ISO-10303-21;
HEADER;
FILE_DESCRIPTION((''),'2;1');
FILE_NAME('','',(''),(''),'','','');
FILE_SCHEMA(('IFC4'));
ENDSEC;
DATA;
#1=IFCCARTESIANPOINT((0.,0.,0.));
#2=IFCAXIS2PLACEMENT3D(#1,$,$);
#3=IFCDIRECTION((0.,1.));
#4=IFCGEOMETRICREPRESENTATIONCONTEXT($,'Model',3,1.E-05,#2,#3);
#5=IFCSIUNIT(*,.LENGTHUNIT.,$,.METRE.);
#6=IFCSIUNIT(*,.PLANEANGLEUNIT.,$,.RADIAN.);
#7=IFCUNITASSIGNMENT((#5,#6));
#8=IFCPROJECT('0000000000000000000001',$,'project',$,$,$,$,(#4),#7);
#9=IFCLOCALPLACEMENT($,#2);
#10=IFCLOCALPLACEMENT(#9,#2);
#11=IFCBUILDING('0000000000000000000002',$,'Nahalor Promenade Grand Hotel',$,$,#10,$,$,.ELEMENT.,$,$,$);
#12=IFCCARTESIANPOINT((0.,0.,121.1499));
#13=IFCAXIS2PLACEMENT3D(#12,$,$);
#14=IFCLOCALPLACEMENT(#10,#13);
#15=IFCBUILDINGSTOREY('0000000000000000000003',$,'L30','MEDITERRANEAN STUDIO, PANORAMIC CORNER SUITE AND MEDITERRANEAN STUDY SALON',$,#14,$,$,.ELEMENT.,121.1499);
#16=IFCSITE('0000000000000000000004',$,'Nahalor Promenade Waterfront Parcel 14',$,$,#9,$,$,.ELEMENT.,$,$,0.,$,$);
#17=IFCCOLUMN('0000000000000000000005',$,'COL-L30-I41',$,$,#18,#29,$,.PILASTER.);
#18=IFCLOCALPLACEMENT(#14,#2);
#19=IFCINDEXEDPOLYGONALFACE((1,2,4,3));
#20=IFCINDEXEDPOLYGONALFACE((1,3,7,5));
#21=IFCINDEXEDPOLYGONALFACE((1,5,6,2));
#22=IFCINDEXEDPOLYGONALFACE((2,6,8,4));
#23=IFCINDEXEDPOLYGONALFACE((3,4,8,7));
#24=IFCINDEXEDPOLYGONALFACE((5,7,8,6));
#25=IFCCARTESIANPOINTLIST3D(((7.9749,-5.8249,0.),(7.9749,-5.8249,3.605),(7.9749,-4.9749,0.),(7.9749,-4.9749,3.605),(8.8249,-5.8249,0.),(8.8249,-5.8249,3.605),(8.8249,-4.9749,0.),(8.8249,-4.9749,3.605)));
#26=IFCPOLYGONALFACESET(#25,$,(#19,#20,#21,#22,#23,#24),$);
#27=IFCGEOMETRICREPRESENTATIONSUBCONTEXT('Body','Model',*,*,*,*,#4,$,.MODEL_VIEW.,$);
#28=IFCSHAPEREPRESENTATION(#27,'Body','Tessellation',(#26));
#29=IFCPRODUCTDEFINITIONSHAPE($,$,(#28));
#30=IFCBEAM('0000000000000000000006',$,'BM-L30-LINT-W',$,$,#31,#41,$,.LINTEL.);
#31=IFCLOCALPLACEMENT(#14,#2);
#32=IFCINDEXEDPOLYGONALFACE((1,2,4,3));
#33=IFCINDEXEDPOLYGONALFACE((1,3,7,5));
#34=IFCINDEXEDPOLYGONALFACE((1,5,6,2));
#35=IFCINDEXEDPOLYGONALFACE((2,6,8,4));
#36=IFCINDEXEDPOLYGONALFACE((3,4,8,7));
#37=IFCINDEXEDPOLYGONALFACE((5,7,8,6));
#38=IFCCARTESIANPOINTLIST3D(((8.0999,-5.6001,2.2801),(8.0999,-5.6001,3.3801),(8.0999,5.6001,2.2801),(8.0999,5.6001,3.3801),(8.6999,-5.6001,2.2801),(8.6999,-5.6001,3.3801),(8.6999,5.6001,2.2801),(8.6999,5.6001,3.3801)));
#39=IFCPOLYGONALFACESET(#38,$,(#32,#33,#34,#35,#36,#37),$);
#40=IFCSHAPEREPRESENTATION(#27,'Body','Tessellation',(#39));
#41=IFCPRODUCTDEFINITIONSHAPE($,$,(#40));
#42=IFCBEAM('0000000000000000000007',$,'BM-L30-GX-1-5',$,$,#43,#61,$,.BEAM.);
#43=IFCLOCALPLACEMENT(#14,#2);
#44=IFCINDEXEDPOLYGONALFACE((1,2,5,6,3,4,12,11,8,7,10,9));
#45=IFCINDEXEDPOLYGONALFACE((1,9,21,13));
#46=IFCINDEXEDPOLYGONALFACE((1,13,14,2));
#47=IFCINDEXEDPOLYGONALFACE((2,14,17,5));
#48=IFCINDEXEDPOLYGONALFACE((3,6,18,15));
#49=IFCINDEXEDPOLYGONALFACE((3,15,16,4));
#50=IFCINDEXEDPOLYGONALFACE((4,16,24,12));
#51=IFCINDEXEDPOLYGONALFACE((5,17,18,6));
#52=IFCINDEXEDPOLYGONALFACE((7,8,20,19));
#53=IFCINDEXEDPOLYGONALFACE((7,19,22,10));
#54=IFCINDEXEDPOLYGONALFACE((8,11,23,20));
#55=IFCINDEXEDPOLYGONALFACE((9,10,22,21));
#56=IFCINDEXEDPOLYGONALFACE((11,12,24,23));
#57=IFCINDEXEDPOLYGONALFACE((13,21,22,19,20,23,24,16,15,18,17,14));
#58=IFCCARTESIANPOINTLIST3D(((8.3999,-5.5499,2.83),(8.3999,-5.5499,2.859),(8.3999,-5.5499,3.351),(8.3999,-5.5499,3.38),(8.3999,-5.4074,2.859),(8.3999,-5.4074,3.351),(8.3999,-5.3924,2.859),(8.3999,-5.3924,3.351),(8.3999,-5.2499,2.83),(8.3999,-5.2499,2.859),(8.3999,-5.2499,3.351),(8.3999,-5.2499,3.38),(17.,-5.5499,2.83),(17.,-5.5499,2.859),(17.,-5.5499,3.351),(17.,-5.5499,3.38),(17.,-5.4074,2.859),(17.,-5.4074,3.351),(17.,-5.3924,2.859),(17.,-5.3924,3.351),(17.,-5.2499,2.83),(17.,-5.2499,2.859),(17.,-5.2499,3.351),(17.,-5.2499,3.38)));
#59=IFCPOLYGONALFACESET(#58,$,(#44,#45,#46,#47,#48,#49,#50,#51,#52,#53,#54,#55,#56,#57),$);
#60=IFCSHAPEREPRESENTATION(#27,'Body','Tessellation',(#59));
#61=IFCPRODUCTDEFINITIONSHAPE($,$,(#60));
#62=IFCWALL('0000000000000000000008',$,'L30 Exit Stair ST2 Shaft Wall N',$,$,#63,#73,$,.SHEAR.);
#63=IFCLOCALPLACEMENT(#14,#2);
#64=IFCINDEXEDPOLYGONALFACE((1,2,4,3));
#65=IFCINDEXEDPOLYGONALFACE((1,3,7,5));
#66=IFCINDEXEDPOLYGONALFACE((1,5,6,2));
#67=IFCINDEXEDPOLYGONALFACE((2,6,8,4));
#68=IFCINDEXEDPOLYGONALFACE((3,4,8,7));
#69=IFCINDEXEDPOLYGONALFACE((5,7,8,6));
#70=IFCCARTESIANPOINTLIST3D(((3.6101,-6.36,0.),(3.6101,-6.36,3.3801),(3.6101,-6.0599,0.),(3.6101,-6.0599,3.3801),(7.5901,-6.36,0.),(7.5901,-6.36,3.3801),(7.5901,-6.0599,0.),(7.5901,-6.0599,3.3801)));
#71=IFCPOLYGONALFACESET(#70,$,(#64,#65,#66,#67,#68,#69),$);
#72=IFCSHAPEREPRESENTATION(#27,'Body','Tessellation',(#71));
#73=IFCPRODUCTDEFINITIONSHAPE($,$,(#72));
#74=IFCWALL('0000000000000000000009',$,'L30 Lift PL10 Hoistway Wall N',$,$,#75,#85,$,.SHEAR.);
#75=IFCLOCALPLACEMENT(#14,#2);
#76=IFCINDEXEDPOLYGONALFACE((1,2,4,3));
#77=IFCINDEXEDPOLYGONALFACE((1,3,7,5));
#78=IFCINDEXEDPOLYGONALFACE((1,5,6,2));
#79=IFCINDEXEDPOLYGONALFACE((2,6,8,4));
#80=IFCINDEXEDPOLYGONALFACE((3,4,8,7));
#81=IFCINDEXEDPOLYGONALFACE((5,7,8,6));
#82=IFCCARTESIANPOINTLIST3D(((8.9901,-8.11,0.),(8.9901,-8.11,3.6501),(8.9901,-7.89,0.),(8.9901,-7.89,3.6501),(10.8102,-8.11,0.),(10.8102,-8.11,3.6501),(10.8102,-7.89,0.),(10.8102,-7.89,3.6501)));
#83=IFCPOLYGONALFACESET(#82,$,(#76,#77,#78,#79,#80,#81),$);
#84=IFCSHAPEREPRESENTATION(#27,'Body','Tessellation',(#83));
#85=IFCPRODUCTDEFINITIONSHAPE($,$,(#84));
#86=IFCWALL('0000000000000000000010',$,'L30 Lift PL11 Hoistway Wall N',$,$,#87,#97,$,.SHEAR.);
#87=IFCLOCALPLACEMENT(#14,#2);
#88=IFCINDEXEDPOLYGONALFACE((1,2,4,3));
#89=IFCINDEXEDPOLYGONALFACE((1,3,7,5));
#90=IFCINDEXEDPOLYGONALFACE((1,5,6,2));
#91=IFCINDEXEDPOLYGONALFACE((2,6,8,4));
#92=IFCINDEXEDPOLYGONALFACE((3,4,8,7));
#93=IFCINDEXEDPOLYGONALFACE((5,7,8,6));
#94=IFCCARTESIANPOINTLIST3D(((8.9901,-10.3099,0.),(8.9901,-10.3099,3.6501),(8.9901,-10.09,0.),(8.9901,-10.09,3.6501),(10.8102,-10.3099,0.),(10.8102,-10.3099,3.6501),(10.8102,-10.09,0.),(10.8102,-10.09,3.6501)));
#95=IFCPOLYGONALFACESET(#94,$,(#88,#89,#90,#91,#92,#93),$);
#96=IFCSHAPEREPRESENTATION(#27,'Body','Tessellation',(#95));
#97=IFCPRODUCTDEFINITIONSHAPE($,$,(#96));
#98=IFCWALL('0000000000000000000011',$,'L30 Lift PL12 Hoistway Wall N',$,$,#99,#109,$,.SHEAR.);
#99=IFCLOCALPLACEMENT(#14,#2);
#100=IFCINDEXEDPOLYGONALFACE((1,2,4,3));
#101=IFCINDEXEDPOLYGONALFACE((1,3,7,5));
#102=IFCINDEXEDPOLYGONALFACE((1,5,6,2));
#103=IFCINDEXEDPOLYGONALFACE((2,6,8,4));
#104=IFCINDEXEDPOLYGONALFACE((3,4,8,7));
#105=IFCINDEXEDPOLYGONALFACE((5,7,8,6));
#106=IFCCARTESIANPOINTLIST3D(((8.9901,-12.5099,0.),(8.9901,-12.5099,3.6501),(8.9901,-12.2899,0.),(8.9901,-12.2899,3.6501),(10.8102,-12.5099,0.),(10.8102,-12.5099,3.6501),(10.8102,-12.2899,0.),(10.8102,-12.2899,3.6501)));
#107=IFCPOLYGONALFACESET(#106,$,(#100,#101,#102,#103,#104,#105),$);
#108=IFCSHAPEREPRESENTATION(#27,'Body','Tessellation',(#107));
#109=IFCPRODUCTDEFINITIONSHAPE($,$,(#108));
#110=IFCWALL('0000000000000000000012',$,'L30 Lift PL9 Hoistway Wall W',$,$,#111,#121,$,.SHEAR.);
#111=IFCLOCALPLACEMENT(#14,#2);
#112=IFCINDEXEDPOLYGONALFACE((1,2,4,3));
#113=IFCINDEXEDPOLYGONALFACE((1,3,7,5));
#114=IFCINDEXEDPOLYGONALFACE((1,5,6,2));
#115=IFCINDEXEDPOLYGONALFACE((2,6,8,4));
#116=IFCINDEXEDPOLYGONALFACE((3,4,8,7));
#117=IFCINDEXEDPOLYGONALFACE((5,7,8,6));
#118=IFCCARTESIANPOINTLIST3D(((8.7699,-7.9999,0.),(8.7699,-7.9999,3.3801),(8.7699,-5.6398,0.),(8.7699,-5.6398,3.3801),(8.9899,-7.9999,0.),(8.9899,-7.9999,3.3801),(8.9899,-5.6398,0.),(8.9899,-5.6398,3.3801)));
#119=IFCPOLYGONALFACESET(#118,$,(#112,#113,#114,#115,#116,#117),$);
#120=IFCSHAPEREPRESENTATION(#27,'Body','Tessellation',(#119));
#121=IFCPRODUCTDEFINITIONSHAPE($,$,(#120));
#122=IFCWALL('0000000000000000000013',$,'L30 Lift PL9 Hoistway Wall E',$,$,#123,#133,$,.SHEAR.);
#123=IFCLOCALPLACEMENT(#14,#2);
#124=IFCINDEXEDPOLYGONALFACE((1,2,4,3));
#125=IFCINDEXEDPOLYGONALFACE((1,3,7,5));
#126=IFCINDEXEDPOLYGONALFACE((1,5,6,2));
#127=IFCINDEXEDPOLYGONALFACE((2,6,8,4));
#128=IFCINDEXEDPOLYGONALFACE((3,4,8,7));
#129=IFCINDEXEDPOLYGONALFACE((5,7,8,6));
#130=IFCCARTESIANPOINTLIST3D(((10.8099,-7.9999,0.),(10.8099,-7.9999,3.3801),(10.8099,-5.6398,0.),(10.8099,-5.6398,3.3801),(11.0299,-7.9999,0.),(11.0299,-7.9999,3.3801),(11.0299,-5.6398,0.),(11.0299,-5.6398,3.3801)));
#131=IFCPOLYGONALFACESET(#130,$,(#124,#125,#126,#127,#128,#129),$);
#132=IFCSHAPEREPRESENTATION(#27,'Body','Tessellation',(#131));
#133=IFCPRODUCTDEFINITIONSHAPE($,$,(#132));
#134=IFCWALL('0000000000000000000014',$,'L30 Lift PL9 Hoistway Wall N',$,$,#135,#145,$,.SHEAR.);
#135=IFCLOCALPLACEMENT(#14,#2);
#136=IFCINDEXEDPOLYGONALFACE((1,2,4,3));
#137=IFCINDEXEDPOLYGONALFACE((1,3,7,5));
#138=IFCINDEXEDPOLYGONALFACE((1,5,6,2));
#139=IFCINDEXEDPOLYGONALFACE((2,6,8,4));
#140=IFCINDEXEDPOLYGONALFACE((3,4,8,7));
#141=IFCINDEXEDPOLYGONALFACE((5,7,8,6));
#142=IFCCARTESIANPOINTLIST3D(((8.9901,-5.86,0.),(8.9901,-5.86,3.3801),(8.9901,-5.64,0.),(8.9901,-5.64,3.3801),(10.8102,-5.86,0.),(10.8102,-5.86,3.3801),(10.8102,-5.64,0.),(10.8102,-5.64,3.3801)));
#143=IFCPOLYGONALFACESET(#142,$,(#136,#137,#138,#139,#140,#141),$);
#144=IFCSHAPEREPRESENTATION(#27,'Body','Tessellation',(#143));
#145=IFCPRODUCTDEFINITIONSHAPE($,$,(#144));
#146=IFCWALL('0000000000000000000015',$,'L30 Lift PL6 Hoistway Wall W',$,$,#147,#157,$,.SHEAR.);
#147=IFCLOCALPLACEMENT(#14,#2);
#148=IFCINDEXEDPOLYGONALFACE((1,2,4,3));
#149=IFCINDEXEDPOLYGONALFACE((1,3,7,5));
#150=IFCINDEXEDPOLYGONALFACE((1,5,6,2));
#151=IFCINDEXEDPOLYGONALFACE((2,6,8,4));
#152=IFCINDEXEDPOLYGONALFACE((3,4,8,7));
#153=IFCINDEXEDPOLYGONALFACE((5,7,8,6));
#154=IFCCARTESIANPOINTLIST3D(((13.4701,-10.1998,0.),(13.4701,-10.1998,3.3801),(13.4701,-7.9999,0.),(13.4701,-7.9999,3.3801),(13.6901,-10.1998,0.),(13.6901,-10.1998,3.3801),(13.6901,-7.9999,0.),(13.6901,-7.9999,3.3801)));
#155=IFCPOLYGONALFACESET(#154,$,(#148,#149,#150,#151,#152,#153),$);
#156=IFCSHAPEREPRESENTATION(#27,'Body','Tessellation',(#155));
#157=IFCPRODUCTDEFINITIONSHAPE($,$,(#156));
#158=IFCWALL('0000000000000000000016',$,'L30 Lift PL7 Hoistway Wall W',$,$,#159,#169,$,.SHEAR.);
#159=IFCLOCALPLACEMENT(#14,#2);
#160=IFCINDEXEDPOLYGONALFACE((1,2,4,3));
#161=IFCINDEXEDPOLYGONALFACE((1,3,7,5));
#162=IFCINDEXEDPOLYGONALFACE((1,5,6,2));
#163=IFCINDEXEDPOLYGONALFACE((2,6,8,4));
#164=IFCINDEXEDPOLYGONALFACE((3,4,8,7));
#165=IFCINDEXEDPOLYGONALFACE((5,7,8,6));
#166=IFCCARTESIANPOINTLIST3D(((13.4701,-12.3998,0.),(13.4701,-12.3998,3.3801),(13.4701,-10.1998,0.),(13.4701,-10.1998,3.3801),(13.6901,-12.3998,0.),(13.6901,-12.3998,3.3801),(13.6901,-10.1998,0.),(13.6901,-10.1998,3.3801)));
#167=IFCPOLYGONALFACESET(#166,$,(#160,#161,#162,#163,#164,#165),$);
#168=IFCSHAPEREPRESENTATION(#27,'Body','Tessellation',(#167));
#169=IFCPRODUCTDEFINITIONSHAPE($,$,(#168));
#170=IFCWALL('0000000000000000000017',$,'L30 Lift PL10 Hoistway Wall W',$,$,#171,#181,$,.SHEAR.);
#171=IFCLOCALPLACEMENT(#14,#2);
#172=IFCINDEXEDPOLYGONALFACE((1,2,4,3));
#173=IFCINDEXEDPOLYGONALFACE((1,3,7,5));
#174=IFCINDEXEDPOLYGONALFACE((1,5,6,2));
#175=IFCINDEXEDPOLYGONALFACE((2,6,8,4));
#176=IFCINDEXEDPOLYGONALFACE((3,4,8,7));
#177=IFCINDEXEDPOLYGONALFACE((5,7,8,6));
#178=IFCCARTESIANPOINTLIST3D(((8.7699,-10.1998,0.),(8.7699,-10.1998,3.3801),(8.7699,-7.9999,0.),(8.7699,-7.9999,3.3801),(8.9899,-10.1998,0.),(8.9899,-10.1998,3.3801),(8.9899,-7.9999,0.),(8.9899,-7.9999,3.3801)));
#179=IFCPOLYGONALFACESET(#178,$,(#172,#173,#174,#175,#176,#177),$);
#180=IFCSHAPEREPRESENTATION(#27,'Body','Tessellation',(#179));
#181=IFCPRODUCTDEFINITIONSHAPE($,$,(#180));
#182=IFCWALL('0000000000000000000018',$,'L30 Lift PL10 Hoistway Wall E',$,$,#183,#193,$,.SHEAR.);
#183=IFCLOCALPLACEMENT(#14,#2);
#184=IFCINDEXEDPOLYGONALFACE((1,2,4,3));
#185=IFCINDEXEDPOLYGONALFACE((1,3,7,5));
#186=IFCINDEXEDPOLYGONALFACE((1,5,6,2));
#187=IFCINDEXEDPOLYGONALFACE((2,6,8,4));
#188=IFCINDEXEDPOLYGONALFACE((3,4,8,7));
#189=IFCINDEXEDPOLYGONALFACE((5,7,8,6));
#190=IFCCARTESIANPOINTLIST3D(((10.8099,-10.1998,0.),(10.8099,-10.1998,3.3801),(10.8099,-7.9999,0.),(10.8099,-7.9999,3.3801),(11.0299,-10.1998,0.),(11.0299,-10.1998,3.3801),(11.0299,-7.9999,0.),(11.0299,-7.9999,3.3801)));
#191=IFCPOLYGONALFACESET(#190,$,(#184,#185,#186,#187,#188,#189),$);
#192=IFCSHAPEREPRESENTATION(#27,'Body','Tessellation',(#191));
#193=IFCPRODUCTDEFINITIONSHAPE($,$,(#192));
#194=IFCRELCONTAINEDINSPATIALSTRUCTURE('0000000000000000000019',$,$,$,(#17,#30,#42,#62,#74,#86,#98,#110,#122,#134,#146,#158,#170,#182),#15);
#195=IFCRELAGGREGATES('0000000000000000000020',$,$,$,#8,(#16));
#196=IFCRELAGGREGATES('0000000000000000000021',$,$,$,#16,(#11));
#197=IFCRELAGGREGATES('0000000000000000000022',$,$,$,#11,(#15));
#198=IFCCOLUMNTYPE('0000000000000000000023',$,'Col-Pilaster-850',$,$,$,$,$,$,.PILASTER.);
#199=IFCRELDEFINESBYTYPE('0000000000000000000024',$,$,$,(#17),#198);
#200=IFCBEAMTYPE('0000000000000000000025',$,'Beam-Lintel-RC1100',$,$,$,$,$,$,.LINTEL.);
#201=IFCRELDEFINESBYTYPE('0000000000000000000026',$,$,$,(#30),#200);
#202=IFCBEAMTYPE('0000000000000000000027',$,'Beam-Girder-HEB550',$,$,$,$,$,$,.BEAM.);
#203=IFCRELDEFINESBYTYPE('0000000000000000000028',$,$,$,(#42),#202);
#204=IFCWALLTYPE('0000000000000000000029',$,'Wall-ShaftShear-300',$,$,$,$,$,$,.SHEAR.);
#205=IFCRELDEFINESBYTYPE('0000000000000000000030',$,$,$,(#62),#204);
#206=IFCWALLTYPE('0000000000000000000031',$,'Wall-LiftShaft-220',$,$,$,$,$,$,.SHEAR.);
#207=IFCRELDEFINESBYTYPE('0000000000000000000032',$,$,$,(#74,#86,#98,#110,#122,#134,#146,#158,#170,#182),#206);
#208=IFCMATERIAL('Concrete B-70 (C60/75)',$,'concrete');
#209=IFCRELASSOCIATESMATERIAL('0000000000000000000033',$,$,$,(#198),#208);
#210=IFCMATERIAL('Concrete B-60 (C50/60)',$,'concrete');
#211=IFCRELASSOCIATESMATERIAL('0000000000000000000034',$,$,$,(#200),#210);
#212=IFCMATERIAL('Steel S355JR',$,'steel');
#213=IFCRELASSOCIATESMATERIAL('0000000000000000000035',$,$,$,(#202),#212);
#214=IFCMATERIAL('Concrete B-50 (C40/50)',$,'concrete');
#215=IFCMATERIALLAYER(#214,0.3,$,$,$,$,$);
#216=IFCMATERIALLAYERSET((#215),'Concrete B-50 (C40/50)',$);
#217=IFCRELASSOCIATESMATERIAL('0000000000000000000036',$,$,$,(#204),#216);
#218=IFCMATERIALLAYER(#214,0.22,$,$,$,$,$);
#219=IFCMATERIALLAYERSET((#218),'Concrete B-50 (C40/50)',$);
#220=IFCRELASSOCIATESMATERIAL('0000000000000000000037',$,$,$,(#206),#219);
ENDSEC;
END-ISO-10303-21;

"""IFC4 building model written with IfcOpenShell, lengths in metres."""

from ifc_helpers import new_model, si_unit, direction, frame, frame_2d, origin, origin_2d, place, context, subcontext, project, spatial, rectangle, i_section, extrude, source, transform, mapped, material, layer, layer_set, material_profile, profile_set, type_object, element, save


model = new_model("IFC4")

# Units and contexts
model_context = context("Model", 3, precision=1e-05, world=origin(), true_north=direction((0.0, 1.0)))
body_context = subcontext(model_context, "Body", "Model", "MODEL_VIEW")
ifc_project = project(units=[si_unit("LENGTHUNIT", "METRE"), si_unit("PLANEANGLEUNIT", "RADIAN")], contexts=[model_context])

# Site, building, storey
site_placement = place(None, origin())
site = spatial("IfcSite", under=ifc_project, at=site_placement, Name="Nahalor Promenade Waterfront Parcel 14", CompositionType="ELEMENT", RefElevation=0.0)
building_placement = place(site_placement, origin())
building = spatial("IfcBuilding", under=site, at=building_placement, Name="Nahalor Promenade Grand Hotel", CompositionType="ELEMENT")
storey_placement = place(building_placement, frame((0.0, 0.0, 121.1499)))
storey = spatial("IfcBuildingStorey", under=building, at=storey_placement, Name="L30", Description="MEDITERRANEAN STUDIO, PANORAMIC CORNER SUITE AND MEDITERRANEAN STUDY SALON", CompositionType="ELEMENT", Elevation=121.1499)

# Column
ifc_material_1 = material(Name="Concrete B-70 (C60/75)", Category="concrete")
ifc_material_profile_1 = material_profile(ifc_material_1, rectangle(XDim=0.85, YDim=0.85, at=origin_2d()), Name="RC 850x850")
ifc_profile_set_1 = profile_set([ifc_material_profile_1], Name="Concrete B-70 (C60/75)")
column_type = type_object("IfcColumnType", Name="Col-Pilaster-850", PredefinedType="PILASTER", material=ifc_profile_set_1)
shared_shape_1 = source(origin(), body_context, "Body", "SweptSolid", [
    extrude(rectangle(XDim=0.85, YDim=0.85, at=origin_2d()), origin(), (0.0, 0.0, 1.0), 3.605),
])
column_placement = place(storey_placement, frame((8.3999, -5.3999, 0.0), z_axis=(0.0, 0.0, 1.0), x_axis=(1.0, 0.0, 0.0)))
element("IfcColumn", 1, at=column_placement, inside=storey, type_object=column_type, Name="COL-L30-I41", PredefinedType="PILASTER", context=body_context, shape_type="MappedRepresentation", body=[
    mapped(shared_shape_1, transform((0.0, 0.0, 0.0), scale=1.0)),
])

# Beams
ifc_material_2 = material(Name="Concrete B-60 (C50/60)", Category="concrete")
ifc_material_profile_2 = material_profile(ifc_material_2, rectangle(XDim=0.6, YDim=1.1, at=origin_2d()), Name="RC 600x1100")
ifc_profile_set_2 = profile_set([ifc_material_profile_2], Name="Concrete B-60 (C50/60)")
beam_type_1 = type_object("IfcBeamType", Name="Beam-Lintel-RC1100", PredefinedType="LINTEL", material=ifc_profile_set_2)
shared_shape_2 = source(origin(), body_context, "Body", "SweptSolid", [
    extrude(rectangle(XDim=0.6, YDim=1.1, at=origin_2d()), origin(), (0.0, 0.0, 1.0), 11.2002),
])
beam_1_placement = place(storey_placement, frame((8.3999, -5.6001, 2.8301), z_axis=(0.0, 1.0, 0.0), x_axis=(-1.0, 0.0, 0.0)))
element("IfcBeam", 2, at=beam_1_placement, inside=storey, type_object=beam_type_1, Name="BM-L30-LINT-W", PredefinedType="LINTEL", context=body_context, shape_type="MappedRepresentation", body=[
    mapped(shared_shape_2, transform((0.0, 0.0, 0.0), scale=1.0)),
])
ifc_material_3 = material(Name="Steel S355JR", Category="steel")
ifc_material_profile_3 = material_profile(ifc_material_3, i_section(OverallWidth=0.3, OverallDepth=0.55, WebThickness=0.015, FlangeThickness=0.029, at=origin_2d()), Name="HEB 550")
ifc_profile_set_3 = profile_set([ifc_material_profile_3], Name="Steel S355JR")
beam_type_2 = type_object("IfcBeamType", Name="Beam-Girder-HEB550", PredefinedType="BEAM", material=ifc_profile_set_3)
shared_shape_3 = source(origin(), body_context, "Body", "SweptSolid", [
    extrude(i_section(OverallWidth=0.3, OverallDepth=0.55, WebThickness=0.015, FlangeThickness=0.029, at=origin_2d()), origin(), (0.0, 0.0, 1.0), 8.6001),
])
beam_2_placement = place(storey_placement, frame((8.3999, -5.3999, 3.105), z_axis=(1.0, 0.0, 0.0), x_axis=(0.0, 1.0, 0.0)))
element("IfcBeam", 3, at=beam_2_placement, inside=storey, type_object=beam_type_2, Name="BM-L30-GX-1-5", PredefinedType="BEAM", context=body_context, shape_type="MappedRepresentation", body=[
    mapped(shared_shape_3, transform((0.0, 0.0, 0.0), scale=1.0)),
])

# Walls
ifc_material_4 = material(Name="Concrete B-50 (C40/50)", Category="concrete")
ifc_layer_1 = layer(ifc_material_4, 0.3)
ifc_layer_set_1 = layer_set([ifc_layer_1], Name="Concrete B-50 (C40/50)")
wall_type_1 = type_object("IfcWallType", Name="Wall-ShaftShear-300", PredefinedType="SHEAR", material=ifc_layer_set_1)
shared_shape_4 = source(origin(), body_context, "Body", "SweptSolid", [
    extrude(rectangle(XDim=3.98, YDim=0.3, at=frame_2d((1.99, 0.0))), origin(), (0.0, 0.0, 1.0), 3.3801),
])
wall_1_placement = place(storey_placement, frame((3.6101, -6.21, 0.0), z_axis=(0.0, 0.0, 1.0), x_axis=(1.0, 0.0, 0.0)))
element("IfcWall", 4, at=wall_1_placement, inside=storey, type_object=wall_type_1, Name="L30 Exit Stair ST2 Shaft Wall N", PredefinedType="SHEAR", context=body_context, shape_type="MappedRepresentation", body=[
    mapped(shared_shape_4, transform((0.0, 0.0, 0.0), scale=1.0)),
])
ifc_layer_2 = layer(ifc_material_4, 0.22)
ifc_layer_set_2 = layer_set([ifc_layer_2], Name="Concrete B-50 (C40/50)")
wall_type_2 = type_object("IfcWallType", Name="Wall-LiftShaft-220", PredefinedType="SHEAR", material=ifc_layer_set_2)
shared_shape_5 = source(origin(), body_context, "Body", "SweptSolid", [
    extrude(rectangle(XDim=1.8201, YDim=0.22, at=frame_2d((0.9102, 0.0))), origin(), (0.0, 0.0, 1.0), 3.6501),
])
for number, where, z_axis, x_axis, name in (
    (5, (8.99, -8.0, 0.0), (0.0, 0.0, 1.0), (1.0, 0.0, 0.0), "L30 Lift PL10 Hoistway Wall N"),
    (6, (8.99, -10.2, 0.0), (0.0, 0.0, 1.0), (1.0, 0.0, 0.0), "L30 Lift PL11 Hoistway Wall N"),
    (7, (8.99, -12.3999, 0.0), (0.0, 0.0, 1.0), (1.0, 0.0, 0.0), "L30 Lift PL12 Hoistway Wall N"),
):
    element("IfcWall", number, at=place(storey_placement, frame(where, z_axis=z_axis, x_axis=x_axis)), inside=storey, type_object=wall_type_2, Name=name, PredefinedType="SHEAR", context=body_context, shape_type="MappedRepresentation", body=[
        mapped(shared_shape_5, transform((0.0, 0.0, 0.0), scale=1.0)),
    ])
shared_shape_6 = source(origin(), body_context, "Body", "SweptSolid", [
    extrude(rectangle(XDim=2.3601, YDim=0.22, at=frame_2d((1.1802, 0.0))), origin(), (0.0, 0.0, 1.0), 3.3801),
])
for number, where, z_axis, x_axis, name in (
    (8, (8.8799, -8.0, 0.0), (0.0, 0.0, 1.0), (0.0, 1.0, 0.0), "L30 Lift PL9 Hoistway Wall W"),
    (9, (10.9199, -8.0, 0.0), (0.0, 0.0, 1.0), (0.0, 1.0, 0.0), "L30 Lift PL9 Hoistway Wall E"),
):
    element("IfcWall", number, at=place(storey_placement, frame(where, z_axis=z_axis, x_axis=x_axis)), inside=storey, type_object=wall_type_2, Name=name, PredefinedType="SHEAR", context=body_context, shape_type="MappedRepresentation", body=[
        mapped(shared_shape_6, transform((0.0, 0.0, 0.0), scale=1.0)),
    ])
shared_shape_7 = source(origin(), body_context, "Body", "SweptSolid", [
    extrude(rectangle(XDim=1.8201, YDim=0.22, at=frame_2d((0.9102, 0.0))), origin(), (0.0, 0.0, 1.0), 3.3801),
])
wall_2_placement = place(storey_placement, frame((8.99, -5.75, 0.0), z_axis=(0.0, 0.0, 1.0), x_axis=(1.0, 0.0, 0.0)))
element("IfcWall", 10, at=wall_2_placement, inside=storey, type_object=wall_type_2, Name="L30 Lift PL9 Hoistway Wall N", PredefinedType="SHEAR", context=body_context, shape_type="MappedRepresentation", body=[
    mapped(shared_shape_7, transform((0.0, 0.0, 0.0), scale=1.0)),
])
shared_shape_8 = source(origin(), body_context, "Body", "SweptSolid", [
    extrude(rectangle(XDim=2.2, YDim=0.22, at=frame_2d((1.1001, 0.0))), origin(), (0.0, 0.0, 1.0), 3.3801),
])
for number, where, z_axis, x_axis, name in (
    (11, (13.5801, -10.2, 0.0), (0.0, 0.0, 1.0), (0.0, 1.0, 0.0), "L30 Lift PL6 Hoistway Wall W"),
    (12, (13.5801, -12.3999, 0.0), (0.0, 0.0, 1.0), (0.0, 1.0, 0.0), "L30 Lift PL7 Hoistway Wall W"),
    (13, (8.8799, -10.2, 0.0), (0.0, 0.0, 1.0), (0.0, 1.0, 0.0), "L30 Lift PL10 Hoistway Wall W"),
    (14, (10.9199, -10.2, 0.0), (0.0, 0.0, 1.0), (0.0, 1.0, 0.0), "L30 Lift PL10 Hoistway Wall E"),
):
    element("IfcWall", number, at=place(storey_placement, frame(where, z_axis=z_axis, x_axis=x_axis)), inside=storey, type_object=wall_type_2, Name=name, PredefinedType="SHEAR", context=body_context, shape_type="MappedRepresentation", body=[
        mapped(shared_shape_8, transform((0.0, 0.0, 0.0), scale=1.0)),
    ])

save(model, "model.ifc")
